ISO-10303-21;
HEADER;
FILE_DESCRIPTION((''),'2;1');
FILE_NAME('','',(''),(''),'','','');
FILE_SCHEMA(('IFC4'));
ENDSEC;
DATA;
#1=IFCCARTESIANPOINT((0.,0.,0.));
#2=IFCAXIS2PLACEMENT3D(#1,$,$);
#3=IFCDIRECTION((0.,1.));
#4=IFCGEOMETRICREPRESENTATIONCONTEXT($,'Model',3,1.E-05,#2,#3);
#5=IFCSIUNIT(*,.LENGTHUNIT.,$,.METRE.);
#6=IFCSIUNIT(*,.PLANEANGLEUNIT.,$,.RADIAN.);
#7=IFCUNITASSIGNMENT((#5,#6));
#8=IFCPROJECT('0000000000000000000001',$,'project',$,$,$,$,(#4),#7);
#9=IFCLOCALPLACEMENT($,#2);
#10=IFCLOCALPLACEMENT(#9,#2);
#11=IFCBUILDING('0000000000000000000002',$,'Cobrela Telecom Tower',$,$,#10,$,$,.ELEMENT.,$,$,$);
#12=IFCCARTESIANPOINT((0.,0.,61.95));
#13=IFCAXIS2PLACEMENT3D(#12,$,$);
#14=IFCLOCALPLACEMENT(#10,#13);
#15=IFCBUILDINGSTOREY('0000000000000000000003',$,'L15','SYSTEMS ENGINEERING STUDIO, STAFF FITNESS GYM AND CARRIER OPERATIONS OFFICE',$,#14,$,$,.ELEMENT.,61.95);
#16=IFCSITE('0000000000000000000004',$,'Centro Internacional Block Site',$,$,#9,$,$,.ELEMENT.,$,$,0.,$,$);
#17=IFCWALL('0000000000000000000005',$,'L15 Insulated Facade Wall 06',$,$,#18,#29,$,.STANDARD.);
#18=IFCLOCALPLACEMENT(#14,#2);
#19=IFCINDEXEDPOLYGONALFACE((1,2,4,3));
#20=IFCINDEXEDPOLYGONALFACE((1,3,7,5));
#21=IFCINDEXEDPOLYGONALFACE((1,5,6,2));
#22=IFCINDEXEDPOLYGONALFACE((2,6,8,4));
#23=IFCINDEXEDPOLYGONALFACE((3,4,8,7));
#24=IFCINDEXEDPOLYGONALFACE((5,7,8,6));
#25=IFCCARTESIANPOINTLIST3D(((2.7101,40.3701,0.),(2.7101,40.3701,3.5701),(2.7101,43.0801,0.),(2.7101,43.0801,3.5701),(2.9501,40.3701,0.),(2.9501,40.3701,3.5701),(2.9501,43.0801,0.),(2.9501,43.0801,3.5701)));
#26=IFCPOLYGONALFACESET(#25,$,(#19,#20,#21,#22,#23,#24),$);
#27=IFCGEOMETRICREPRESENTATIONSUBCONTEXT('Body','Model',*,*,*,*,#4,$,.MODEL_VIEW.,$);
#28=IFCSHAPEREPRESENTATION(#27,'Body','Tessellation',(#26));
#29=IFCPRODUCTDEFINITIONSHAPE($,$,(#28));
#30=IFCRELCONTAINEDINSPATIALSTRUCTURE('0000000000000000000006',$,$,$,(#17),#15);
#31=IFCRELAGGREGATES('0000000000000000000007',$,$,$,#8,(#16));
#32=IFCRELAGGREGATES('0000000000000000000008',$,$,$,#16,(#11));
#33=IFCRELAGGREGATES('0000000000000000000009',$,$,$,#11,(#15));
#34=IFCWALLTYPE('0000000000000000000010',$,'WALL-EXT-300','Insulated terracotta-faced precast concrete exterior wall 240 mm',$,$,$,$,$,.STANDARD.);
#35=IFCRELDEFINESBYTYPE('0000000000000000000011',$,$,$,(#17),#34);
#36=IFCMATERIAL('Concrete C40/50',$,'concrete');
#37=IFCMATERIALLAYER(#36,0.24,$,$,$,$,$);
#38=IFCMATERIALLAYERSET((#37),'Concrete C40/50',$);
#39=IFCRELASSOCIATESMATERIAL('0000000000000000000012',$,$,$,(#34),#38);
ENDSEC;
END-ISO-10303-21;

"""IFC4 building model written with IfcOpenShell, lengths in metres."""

from ifc_helpers import new_model, si_unit, direction, frame, frame_2d, origin, place, context, subcontext, project, spatial, rectangle, extrude, material, layer, layer_set, type_object, element, save


model = new_model("IFC4")

# Units and contexts
model_context = context("Model", 3, precision=1e-05, world=origin(), true_north=direction((0.0, 1.0)))
body_context = subcontext(model_context, "Body", "Model", "MODEL_VIEW")
ifc_project = project(units=[si_unit("LENGTHUNIT", "METRE"), si_unit("PLANEANGLEUNIT", "RADIAN")], contexts=[model_context])

# Site, building, storey
site_placement = place(None, origin())
site = spatial("IfcSite", under=ifc_project, at=site_placement, Name="Centro Internacional Block Site", CompositionType="ELEMENT", RefElevation=0.0)
building_placement = place(site_placement, origin())
building = spatial("IfcBuilding", under=site, at=building_placement, Name="Cobrela Telecom Tower", CompositionType="ELEMENT")
storey_placement = place(building_placement, frame((0.0, 0.0, 61.95)))
storey = spatial("IfcBuildingStorey", under=building, at=storey_placement, Name="L15", Description="SYSTEMS ENGINEERING STUDIO, STAFF FITNESS GYM AND CARRIER OPERATIONS OFFICE", CompositionType="ELEMENT", Elevation=61.95)

# Wall
ifc_material_1 = material(Name="Concrete C40/50", Category="concrete")
ifc_layer_1 = layer(ifc_material_1, 0.24)
ifc_layer_set_1 = layer_set([ifc_layer_1], Name="Concrete C40/50")
wall_type = type_object("IfcWallType", Name="WALL-EXT-300", Description="Insulated terracotta-faced precast concrete exterior wall 240 mm", PredefinedType="STANDARD", material=ifc_layer_set_1)
wall_1_placement = place(storey_placement, frame((2.8301, 40.3701, 0.0), z_axis=(0.0, 0.0, 1.0), x_axis=(0.0, 1.0, 0.0)))
element("IfcWall", 1, at=wall_1_placement, inside=storey, type_object=wall_type, Name="L15 Insulated Facade Wall 06", PredefinedType="STANDARD", context=body_context, shape_type="SweptSolid", body=[
    extrude(rectangle(XDim=2.71, YDim=0.24, at=frame_2d((1.355, 0.0))), origin(), (0.0, 0.0, 1.0), 3.5701),
])

save(model, "model.ifc")
